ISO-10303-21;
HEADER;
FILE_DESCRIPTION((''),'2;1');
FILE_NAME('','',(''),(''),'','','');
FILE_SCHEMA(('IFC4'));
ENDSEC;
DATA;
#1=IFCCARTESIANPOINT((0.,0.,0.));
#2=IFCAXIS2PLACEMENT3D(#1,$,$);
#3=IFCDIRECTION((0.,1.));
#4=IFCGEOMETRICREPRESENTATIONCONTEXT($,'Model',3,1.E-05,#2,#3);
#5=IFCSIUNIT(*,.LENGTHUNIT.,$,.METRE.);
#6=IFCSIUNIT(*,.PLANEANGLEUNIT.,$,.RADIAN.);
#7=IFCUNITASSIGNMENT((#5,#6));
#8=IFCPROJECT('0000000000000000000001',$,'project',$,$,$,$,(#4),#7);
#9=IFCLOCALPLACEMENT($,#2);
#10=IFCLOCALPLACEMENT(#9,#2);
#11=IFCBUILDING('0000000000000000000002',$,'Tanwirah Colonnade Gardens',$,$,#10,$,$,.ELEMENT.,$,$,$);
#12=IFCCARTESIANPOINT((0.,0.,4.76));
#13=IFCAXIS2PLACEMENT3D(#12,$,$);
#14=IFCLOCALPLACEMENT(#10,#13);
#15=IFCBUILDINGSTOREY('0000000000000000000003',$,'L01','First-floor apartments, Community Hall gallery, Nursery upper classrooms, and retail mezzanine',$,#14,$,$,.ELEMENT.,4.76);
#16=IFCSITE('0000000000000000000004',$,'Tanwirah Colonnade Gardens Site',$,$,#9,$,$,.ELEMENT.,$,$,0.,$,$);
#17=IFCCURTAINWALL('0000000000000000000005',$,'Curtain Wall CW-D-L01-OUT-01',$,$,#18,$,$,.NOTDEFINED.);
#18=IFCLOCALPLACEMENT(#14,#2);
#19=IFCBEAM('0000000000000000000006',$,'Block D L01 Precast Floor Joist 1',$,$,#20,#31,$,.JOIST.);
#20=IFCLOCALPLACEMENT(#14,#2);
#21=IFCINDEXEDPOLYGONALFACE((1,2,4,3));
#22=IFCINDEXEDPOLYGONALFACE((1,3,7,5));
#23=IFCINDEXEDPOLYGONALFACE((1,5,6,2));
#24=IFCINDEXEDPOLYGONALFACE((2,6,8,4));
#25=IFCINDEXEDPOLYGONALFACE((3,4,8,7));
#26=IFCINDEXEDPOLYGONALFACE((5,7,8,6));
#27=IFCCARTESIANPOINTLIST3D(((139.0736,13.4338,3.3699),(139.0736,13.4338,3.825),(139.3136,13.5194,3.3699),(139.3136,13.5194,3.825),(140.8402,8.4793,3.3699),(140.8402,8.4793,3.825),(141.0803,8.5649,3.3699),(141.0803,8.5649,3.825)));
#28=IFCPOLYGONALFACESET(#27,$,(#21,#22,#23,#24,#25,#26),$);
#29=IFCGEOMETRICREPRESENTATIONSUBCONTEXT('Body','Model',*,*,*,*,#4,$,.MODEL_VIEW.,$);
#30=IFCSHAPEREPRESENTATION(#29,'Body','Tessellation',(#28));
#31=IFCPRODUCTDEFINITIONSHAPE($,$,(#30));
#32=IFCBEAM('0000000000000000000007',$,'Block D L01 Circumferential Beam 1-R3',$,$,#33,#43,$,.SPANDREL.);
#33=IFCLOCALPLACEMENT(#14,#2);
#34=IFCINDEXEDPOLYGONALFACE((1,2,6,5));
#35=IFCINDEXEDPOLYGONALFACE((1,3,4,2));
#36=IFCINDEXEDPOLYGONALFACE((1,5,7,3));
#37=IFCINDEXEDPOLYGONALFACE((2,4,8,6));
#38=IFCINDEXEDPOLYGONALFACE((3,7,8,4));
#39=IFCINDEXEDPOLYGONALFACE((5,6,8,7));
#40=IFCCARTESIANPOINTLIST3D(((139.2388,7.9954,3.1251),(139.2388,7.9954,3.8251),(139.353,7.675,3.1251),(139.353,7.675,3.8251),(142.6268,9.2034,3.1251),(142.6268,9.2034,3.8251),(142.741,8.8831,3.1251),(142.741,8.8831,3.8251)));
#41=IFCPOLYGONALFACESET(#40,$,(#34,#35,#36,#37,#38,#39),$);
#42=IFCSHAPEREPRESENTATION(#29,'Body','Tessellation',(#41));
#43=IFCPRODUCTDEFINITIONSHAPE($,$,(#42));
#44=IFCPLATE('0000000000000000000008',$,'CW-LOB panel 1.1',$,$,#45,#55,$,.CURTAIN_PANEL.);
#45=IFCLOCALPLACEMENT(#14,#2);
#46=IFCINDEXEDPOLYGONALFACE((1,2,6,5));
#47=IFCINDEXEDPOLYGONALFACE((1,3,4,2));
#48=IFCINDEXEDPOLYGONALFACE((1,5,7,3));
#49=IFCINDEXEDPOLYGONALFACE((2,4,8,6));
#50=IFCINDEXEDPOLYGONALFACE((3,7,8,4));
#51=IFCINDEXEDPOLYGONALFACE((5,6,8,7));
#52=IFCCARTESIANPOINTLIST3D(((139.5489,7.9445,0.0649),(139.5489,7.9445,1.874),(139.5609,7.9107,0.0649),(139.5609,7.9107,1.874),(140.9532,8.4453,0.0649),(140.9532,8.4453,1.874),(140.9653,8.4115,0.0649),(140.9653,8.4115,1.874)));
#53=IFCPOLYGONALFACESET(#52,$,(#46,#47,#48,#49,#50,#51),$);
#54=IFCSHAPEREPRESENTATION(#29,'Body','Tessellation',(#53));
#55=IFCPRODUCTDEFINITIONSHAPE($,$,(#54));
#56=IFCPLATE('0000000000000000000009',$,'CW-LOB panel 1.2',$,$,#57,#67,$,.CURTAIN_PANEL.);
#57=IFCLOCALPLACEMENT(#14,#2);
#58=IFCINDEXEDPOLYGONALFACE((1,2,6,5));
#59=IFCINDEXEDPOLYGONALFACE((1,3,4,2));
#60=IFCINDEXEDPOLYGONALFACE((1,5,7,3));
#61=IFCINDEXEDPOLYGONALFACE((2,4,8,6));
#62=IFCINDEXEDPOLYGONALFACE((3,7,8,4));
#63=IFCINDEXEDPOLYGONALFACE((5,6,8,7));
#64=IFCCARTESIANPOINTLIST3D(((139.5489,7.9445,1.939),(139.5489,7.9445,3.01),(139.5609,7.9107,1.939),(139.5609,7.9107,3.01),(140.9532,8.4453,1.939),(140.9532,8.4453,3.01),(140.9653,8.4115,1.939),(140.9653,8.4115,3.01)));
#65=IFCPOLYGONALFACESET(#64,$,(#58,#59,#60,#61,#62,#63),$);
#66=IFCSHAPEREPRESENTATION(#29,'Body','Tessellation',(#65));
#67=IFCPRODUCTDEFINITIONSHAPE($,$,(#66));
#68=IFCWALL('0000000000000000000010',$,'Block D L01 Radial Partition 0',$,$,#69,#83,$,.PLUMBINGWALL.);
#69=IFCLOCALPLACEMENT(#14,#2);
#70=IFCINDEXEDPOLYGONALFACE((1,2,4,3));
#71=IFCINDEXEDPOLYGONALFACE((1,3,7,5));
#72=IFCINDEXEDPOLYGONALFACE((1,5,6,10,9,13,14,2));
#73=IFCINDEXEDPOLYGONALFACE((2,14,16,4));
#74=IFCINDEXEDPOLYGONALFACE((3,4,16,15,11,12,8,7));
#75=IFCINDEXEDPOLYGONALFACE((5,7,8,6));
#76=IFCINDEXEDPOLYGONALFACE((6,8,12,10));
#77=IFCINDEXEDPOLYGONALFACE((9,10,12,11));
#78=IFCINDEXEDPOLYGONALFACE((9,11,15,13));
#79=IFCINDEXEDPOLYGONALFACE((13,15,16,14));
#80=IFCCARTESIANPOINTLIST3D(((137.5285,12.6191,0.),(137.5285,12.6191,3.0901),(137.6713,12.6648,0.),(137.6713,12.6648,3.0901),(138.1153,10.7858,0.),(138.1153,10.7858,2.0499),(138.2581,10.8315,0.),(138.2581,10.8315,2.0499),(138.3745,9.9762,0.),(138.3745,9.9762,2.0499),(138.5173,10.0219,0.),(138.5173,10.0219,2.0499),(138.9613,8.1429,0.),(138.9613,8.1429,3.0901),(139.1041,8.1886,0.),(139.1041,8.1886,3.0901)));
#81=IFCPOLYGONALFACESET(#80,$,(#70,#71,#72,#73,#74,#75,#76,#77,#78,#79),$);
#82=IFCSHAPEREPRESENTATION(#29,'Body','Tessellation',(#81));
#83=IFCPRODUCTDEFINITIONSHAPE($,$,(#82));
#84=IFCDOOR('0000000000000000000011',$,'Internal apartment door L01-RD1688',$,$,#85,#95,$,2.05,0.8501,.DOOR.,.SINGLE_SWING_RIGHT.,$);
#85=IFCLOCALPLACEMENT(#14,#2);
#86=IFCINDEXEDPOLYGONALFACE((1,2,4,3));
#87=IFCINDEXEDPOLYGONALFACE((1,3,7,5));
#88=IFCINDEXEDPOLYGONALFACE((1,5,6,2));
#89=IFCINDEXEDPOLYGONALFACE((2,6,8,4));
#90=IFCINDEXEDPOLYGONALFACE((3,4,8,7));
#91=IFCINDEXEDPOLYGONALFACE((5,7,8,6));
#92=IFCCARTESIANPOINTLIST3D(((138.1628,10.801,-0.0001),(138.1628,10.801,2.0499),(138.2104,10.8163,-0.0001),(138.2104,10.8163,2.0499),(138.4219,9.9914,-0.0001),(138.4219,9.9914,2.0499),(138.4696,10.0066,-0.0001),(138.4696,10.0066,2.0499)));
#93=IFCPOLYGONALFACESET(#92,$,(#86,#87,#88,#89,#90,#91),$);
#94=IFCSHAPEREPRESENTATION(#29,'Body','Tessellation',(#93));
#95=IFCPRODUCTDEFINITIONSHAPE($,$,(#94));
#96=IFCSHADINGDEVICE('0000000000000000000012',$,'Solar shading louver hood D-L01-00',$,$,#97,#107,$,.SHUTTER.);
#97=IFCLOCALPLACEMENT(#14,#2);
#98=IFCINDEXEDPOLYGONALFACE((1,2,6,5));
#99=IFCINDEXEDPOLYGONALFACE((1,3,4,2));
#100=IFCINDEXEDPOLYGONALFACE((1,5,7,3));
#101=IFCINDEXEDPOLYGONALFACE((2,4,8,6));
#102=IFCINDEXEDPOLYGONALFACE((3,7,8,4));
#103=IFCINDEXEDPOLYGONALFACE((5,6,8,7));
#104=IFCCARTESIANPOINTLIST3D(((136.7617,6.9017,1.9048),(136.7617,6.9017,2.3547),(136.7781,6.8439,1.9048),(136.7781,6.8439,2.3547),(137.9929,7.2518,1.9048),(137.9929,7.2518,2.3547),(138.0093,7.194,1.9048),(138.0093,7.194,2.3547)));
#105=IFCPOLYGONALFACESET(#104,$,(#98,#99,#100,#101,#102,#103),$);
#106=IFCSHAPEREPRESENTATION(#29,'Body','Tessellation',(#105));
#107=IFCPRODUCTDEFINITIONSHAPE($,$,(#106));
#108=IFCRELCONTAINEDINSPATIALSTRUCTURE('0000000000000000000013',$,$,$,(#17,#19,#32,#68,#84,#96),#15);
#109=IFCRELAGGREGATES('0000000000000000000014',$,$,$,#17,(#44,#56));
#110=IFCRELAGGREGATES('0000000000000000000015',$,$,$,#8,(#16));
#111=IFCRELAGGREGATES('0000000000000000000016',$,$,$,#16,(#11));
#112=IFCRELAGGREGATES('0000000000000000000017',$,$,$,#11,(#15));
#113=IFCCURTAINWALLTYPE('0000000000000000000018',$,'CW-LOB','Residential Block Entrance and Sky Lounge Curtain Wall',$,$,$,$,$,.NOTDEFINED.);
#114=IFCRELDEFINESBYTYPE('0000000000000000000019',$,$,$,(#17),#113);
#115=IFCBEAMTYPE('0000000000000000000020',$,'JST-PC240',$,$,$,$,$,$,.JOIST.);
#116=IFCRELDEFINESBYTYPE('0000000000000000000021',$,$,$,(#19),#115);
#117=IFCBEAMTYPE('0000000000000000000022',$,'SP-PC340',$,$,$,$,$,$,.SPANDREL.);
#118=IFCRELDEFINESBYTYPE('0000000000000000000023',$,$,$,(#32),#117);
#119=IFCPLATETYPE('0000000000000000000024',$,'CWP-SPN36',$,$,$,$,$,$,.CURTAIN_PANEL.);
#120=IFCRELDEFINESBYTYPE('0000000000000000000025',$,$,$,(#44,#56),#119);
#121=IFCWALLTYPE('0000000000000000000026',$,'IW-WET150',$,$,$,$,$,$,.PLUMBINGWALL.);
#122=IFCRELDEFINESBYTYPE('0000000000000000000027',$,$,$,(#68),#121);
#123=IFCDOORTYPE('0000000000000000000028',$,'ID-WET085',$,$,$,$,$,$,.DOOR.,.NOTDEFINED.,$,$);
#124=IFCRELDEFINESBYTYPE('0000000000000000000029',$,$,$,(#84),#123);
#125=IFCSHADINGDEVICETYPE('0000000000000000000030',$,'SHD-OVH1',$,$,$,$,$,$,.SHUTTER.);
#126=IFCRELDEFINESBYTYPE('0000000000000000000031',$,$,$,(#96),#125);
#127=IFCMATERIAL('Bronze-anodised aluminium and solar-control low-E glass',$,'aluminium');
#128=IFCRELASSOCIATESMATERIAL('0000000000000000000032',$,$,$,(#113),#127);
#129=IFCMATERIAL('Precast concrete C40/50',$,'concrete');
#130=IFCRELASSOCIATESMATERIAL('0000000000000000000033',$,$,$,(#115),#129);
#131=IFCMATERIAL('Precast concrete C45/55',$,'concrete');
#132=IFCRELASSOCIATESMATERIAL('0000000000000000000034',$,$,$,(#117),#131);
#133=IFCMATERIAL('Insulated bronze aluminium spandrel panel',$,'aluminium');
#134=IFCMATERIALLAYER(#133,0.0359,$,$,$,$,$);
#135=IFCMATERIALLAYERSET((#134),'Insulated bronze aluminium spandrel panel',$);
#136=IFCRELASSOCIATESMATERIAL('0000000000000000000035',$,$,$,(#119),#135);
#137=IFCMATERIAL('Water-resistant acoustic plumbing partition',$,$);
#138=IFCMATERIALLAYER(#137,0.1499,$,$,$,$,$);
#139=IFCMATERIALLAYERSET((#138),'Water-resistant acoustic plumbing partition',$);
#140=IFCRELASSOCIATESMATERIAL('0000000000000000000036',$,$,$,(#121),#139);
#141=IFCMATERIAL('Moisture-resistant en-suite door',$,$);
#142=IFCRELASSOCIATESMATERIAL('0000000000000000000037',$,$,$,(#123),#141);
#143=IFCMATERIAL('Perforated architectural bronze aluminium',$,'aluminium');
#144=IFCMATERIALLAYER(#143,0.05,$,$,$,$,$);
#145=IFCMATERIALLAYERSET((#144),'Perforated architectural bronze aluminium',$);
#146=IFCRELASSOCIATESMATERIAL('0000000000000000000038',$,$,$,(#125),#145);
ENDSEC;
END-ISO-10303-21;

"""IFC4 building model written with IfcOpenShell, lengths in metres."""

from ifc_helpers import new_model, si_unit, direction, frame, frame_2d, origin, origin_2d, place, context, subcontext, project, spatial, rectangle, extrude, material, layer, layer_set, material_profile, profile_set, type_object, element, fill, aggregate, save


model = new_model("IFC4")

# Units and contexts
model_context = context("Model", 3, precision=1e-05, world=origin(), true_north=direction((0.0, 1.0)))
body_context = subcontext(model_context, "Body", "Model", "MODEL_VIEW")
ifc_project = project(units=[si_unit("LENGTHUNIT", "METRE"), si_unit("PLANEANGLEUNIT", "RADIAN")], contexts=[model_context])

# Site, building, storey
site_placement = place(None, origin())
site = spatial("IfcSite", under=ifc_project, at=site_placement, Name="Tanwirah Colonnade Gardens Site", CompositionType="ELEMENT", RefElevation=0.0)
building_placement = place(site_placement, origin())
building = spatial("IfcBuilding", under=site, at=building_placement, Name="Tanwirah Colonnade Gardens", CompositionType="ELEMENT")
storey_placement = place(building_placement, frame((0.0, 0.0, 4.76)))
storey = spatial("IfcBuildingStorey", under=building, at=storey_placement, Name="L01", Description="First-floor apartments, Community Hall gallery, Nursery upper classrooms, and retail mezzanine", CompositionType="ELEMENT", Elevation=4.76)

# Shared definitions
ifc_material_1 = material(Name="Precast concrete C45/55", Category="concrete")

# Shared definitions
ifc_material_2 = material(Name="Precast concrete C40/50", Category="concrete")

# Curtain wall
ifc_material_3 = material(Name="Bronze-anodised aluminium and solar-control low-E glass", Category="aluminium")
curtain_wall_type = type_object("IfcCurtainWallType", Name="CW-LOB", Description="Residential Block Entrance and Sky Lounge Curtain Wall", PredefinedType="NOTDEFINED", material=ifc_material_3)
curtain_wall_placement = place(storey_placement, origin())
curtain_wall = element("IfcCurtainWall", 1, at=curtain_wall_placement, inside=storey, type_object=curtain_wall_type, Name="Curtain Wall CW-D-L01-OUT-01", PredefinedType="NOTDEFINED")

# Beams
ifc_material_profile_1 = material_profile(ifc_material_2, rectangle(XDim=0.2549, YDim=0.4551, at=origin_2d()), Name="PC-JST 255x455")
ifc_profile_set_1 = profile_set([ifc_material_profile_1], Name="Precast concrete C40/50")
beam_type_1 = type_object("IfcBeamType", Name="JST-PC240", PredefinedType="JOIST", material=ifc_profile_set_1)
beam_1_placement = place(storey_placement, frame((139.1936, 13.4766, 3.5974), z_axis=(0.335863, -0.941911, 0.0), x_axis=(0.941911, 0.335863, 0.0)))
element("IfcBeam", 2, at=beam_1_placement, inside=storey, type_object=beam_type_1, Name="Block D L01 Precast Floor Joist 1", PredefinedType="JOIST", context=body_context, shape_type="SweptSolid", body=[
    extrude(rectangle(XDim=0.2549, YDim=0.4551, at=origin_2d()), origin(), (0.0, 0.0, 1.0), 5.26),
])
ifc_material_profile_2 = material_profile(ifc_material_1, rectangle(XDim=0.3401, YDim=0.7, at=origin_2d()), Name="PC-SP 340x700")
ifc_profile_set_2 = profile_set([ifc_material_profile_2], Name="Precast concrete C45/55")
beam_type_2 = type_object("IfcBeamType", Name="SP-PC340", PredefinedType="SPANDREL", material=ifc_profile_set_2)
beam_2_placement = place(storey_placement, frame((139.2959, 7.8352, 3.4751), z_axis=(0.941915, 0.33585, 0.0), x_axis=(-0.33585, 0.941915, 0.0)))
element("IfcBeam", 3, at=beam_2_placement, inside=storey, type_object=beam_type_2, Name="Block D L01 Circumferential Beam 1-R3", PredefinedType="SPANDREL", context=body_context, shape_type="SweptSolid", body=[
    extrude(rectangle(XDim=0.3401, YDim=0.7, at=origin_2d()), origin(), (0.0, 0.0, 1.0), 3.5969),
])

# Plates
ifc_material_4 = material(Name="Insulated bronze aluminium spandrel panel", Category="aluminium")
ifc_layer_1 = layer(ifc_material_4, 0.0359)
ifc_layer_set_1 = layer_set([ifc_layer_1], Name="Insulated bronze aluminium spandrel panel")
plate_type = type_object("IfcPlateType", Name="CWP-SPN36", PredefinedType="CURTAIN_PANEL", material=ifc_layer_set_1)
plate_1_placement = place(storey_placement, frame((140.2571, 8.178, 0.0649), z_axis=(0.0, 0.0, 1.0), x_axis=(0.941911, 0.335862, 0.0)))
plate_1 = element("IfcPlate", 4, at=plate_1_placement, type_object=plate_type, Name="CW-LOB panel 1.1", PredefinedType="CURTAIN_PANEL", context=body_context, shape_type="SweptSolid", body=[
    extrude(rectangle(XDim=1.491, YDim=0.0359, at=origin_2d()), origin(), (0.0, 0.0, 1.0), 1.8091),
])
plate_2_placement = place(storey_placement, frame((140.2571, 8.178, 1.939), z_axis=(0.0, 0.0, 1.0), x_axis=(0.941911, 0.335862, 0.0)))
plate_2 = element("IfcPlate", 5, at=plate_2_placement, type_object=plate_type, Name="CW-LOB panel 1.2", PredefinedType="CURTAIN_PANEL", context=body_context, shape_type="SweptSolid", body=[
    extrude(rectangle(XDim=1.491, YDim=0.0359, at=origin_2d()), origin(), (0.0, 0.0, 1.0), 1.071),
])
aggregate(curtain_wall, [plate_1, plate_2])

# Wall, opening, door
ifc_material_5 = material(Name="Water-resistant acoustic plumbing partition")
ifc_layer_2 = layer(ifc_material_5, 0.1499)
ifc_layer_set_2 = layer_set([ifc_layer_2], Name="Water-resistant acoustic plumbing partition")
wall_type_1 = type_object("IfcWallType", Name="IW-WET150", PredefinedType="PLUMBINGWALL", material=ifc_layer_set_2)
wall_1_placement = place(storey_placement, frame((137.5999, 12.6421, 0.0), z_axis=(0.0, 0.0, 1.0), x_axis=(0.304861, -0.952397, 0.0)))
wall_1 = element("IfcWall", 6, at=wall_1_placement, inside=storey, type_object=wall_type_1, Name="Block D L01 Radial Partition 0", PredefinedType="PLUMBINGWALL", context=body_context, shape_type="SweptSolid", body=[
    extrude(rectangle(XDim=4.7, YDim=0.1499, at=frame_2d((2.3501, 0.0))), origin(), (0.0, 0.0, 1.0), 3.0901),
])
opening_1_placement = place(wall_1_placement, frame((1.925, 0.0, 0.0)))
opening_1 = element("IfcOpeningElement", 7, at=opening_1_placement, cuts=wall_1, PredefinedType="OPENING", context=body_context, shape_type="SweptSolid", body=[
    extrude(rectangle(XDim=0.8501, YDim=2.05, at=frame_2d((0.425, 1.0249))), frame((0.0, 0.085, 0.0), z_axis=(0.0, -1.0, 0.0), x_axis=(1.0, 0.0, 0.0)), (0.0, 0.0, 1.0), 0.1699),
])
ifc_material_6 = material(Name="Moisture-resistant en-suite door")
door_type_1 = type_object("IfcDoorType", Name="ID-WET085", OperationType="NOTDEFINED", PredefinedType="DOOR", material=ifc_material_6)
door_1_placement = place(opening_1_placement, origin())
door_1 = element("IfcDoor", 8, at=door_1_placement, inside=storey, type_object=door_type_1, Name="Internal apartment door L01-RD1688", OperationType="SINGLE_SWING_RIGHT", OverallHeight=2.05, OverallWidth=0.8501, PredefinedType="DOOR", context=body_context, shape_type="SweptSolid", body=[
    extrude(rectangle(XDim=0.8501, YDim=2.05, at=frame_2d((0.425, 1.0249))), frame((0.0, 0.0249, 0.0), z_axis=(0.0, -1.0, 0.0), x_axis=(1.0, 0.0, 0.0)), (0.0, 0.0, 1.0), 0.05),
])
fill(opening_1, door_1)

# Shading device
ifc_material_7 = material(Name="Perforated architectural bronze aluminium", Category="aluminium")
ifc_layer_3 = layer(ifc_material_7, 0.05)
ifc_layer_set_3 = layer_set([ifc_layer_3], Name="Perforated architectural bronze aluminium")
shading_device_type = type_object("IfcShadingDeviceType", Name="SHD-OVH1", PredefinedType="SHUTTER", material=ifc_layer_set_3)
shading_device_placement = place(storey_placement, frame((137.3855, 7.0479, 1.9048), z_axis=(0.0, 0.0, 1.0), x_axis=(0.96186, 0.273542, 0.0)))
element("IfcShadingDevice", 9, at=shading_device_placement, inside=storey, type_object=shading_device_type, Name="Solar shading louver hood D-L01-00", PredefinedType="SHUTTER", context=body_context, shape_type="SweptSolid", body=[
    extrude(rectangle(XDim=1.28, YDim=0.0601, at=origin_2d()), origin(), (0.0, 0.0, 1.0), 0.45),
])

save(model, "model.ifc")
